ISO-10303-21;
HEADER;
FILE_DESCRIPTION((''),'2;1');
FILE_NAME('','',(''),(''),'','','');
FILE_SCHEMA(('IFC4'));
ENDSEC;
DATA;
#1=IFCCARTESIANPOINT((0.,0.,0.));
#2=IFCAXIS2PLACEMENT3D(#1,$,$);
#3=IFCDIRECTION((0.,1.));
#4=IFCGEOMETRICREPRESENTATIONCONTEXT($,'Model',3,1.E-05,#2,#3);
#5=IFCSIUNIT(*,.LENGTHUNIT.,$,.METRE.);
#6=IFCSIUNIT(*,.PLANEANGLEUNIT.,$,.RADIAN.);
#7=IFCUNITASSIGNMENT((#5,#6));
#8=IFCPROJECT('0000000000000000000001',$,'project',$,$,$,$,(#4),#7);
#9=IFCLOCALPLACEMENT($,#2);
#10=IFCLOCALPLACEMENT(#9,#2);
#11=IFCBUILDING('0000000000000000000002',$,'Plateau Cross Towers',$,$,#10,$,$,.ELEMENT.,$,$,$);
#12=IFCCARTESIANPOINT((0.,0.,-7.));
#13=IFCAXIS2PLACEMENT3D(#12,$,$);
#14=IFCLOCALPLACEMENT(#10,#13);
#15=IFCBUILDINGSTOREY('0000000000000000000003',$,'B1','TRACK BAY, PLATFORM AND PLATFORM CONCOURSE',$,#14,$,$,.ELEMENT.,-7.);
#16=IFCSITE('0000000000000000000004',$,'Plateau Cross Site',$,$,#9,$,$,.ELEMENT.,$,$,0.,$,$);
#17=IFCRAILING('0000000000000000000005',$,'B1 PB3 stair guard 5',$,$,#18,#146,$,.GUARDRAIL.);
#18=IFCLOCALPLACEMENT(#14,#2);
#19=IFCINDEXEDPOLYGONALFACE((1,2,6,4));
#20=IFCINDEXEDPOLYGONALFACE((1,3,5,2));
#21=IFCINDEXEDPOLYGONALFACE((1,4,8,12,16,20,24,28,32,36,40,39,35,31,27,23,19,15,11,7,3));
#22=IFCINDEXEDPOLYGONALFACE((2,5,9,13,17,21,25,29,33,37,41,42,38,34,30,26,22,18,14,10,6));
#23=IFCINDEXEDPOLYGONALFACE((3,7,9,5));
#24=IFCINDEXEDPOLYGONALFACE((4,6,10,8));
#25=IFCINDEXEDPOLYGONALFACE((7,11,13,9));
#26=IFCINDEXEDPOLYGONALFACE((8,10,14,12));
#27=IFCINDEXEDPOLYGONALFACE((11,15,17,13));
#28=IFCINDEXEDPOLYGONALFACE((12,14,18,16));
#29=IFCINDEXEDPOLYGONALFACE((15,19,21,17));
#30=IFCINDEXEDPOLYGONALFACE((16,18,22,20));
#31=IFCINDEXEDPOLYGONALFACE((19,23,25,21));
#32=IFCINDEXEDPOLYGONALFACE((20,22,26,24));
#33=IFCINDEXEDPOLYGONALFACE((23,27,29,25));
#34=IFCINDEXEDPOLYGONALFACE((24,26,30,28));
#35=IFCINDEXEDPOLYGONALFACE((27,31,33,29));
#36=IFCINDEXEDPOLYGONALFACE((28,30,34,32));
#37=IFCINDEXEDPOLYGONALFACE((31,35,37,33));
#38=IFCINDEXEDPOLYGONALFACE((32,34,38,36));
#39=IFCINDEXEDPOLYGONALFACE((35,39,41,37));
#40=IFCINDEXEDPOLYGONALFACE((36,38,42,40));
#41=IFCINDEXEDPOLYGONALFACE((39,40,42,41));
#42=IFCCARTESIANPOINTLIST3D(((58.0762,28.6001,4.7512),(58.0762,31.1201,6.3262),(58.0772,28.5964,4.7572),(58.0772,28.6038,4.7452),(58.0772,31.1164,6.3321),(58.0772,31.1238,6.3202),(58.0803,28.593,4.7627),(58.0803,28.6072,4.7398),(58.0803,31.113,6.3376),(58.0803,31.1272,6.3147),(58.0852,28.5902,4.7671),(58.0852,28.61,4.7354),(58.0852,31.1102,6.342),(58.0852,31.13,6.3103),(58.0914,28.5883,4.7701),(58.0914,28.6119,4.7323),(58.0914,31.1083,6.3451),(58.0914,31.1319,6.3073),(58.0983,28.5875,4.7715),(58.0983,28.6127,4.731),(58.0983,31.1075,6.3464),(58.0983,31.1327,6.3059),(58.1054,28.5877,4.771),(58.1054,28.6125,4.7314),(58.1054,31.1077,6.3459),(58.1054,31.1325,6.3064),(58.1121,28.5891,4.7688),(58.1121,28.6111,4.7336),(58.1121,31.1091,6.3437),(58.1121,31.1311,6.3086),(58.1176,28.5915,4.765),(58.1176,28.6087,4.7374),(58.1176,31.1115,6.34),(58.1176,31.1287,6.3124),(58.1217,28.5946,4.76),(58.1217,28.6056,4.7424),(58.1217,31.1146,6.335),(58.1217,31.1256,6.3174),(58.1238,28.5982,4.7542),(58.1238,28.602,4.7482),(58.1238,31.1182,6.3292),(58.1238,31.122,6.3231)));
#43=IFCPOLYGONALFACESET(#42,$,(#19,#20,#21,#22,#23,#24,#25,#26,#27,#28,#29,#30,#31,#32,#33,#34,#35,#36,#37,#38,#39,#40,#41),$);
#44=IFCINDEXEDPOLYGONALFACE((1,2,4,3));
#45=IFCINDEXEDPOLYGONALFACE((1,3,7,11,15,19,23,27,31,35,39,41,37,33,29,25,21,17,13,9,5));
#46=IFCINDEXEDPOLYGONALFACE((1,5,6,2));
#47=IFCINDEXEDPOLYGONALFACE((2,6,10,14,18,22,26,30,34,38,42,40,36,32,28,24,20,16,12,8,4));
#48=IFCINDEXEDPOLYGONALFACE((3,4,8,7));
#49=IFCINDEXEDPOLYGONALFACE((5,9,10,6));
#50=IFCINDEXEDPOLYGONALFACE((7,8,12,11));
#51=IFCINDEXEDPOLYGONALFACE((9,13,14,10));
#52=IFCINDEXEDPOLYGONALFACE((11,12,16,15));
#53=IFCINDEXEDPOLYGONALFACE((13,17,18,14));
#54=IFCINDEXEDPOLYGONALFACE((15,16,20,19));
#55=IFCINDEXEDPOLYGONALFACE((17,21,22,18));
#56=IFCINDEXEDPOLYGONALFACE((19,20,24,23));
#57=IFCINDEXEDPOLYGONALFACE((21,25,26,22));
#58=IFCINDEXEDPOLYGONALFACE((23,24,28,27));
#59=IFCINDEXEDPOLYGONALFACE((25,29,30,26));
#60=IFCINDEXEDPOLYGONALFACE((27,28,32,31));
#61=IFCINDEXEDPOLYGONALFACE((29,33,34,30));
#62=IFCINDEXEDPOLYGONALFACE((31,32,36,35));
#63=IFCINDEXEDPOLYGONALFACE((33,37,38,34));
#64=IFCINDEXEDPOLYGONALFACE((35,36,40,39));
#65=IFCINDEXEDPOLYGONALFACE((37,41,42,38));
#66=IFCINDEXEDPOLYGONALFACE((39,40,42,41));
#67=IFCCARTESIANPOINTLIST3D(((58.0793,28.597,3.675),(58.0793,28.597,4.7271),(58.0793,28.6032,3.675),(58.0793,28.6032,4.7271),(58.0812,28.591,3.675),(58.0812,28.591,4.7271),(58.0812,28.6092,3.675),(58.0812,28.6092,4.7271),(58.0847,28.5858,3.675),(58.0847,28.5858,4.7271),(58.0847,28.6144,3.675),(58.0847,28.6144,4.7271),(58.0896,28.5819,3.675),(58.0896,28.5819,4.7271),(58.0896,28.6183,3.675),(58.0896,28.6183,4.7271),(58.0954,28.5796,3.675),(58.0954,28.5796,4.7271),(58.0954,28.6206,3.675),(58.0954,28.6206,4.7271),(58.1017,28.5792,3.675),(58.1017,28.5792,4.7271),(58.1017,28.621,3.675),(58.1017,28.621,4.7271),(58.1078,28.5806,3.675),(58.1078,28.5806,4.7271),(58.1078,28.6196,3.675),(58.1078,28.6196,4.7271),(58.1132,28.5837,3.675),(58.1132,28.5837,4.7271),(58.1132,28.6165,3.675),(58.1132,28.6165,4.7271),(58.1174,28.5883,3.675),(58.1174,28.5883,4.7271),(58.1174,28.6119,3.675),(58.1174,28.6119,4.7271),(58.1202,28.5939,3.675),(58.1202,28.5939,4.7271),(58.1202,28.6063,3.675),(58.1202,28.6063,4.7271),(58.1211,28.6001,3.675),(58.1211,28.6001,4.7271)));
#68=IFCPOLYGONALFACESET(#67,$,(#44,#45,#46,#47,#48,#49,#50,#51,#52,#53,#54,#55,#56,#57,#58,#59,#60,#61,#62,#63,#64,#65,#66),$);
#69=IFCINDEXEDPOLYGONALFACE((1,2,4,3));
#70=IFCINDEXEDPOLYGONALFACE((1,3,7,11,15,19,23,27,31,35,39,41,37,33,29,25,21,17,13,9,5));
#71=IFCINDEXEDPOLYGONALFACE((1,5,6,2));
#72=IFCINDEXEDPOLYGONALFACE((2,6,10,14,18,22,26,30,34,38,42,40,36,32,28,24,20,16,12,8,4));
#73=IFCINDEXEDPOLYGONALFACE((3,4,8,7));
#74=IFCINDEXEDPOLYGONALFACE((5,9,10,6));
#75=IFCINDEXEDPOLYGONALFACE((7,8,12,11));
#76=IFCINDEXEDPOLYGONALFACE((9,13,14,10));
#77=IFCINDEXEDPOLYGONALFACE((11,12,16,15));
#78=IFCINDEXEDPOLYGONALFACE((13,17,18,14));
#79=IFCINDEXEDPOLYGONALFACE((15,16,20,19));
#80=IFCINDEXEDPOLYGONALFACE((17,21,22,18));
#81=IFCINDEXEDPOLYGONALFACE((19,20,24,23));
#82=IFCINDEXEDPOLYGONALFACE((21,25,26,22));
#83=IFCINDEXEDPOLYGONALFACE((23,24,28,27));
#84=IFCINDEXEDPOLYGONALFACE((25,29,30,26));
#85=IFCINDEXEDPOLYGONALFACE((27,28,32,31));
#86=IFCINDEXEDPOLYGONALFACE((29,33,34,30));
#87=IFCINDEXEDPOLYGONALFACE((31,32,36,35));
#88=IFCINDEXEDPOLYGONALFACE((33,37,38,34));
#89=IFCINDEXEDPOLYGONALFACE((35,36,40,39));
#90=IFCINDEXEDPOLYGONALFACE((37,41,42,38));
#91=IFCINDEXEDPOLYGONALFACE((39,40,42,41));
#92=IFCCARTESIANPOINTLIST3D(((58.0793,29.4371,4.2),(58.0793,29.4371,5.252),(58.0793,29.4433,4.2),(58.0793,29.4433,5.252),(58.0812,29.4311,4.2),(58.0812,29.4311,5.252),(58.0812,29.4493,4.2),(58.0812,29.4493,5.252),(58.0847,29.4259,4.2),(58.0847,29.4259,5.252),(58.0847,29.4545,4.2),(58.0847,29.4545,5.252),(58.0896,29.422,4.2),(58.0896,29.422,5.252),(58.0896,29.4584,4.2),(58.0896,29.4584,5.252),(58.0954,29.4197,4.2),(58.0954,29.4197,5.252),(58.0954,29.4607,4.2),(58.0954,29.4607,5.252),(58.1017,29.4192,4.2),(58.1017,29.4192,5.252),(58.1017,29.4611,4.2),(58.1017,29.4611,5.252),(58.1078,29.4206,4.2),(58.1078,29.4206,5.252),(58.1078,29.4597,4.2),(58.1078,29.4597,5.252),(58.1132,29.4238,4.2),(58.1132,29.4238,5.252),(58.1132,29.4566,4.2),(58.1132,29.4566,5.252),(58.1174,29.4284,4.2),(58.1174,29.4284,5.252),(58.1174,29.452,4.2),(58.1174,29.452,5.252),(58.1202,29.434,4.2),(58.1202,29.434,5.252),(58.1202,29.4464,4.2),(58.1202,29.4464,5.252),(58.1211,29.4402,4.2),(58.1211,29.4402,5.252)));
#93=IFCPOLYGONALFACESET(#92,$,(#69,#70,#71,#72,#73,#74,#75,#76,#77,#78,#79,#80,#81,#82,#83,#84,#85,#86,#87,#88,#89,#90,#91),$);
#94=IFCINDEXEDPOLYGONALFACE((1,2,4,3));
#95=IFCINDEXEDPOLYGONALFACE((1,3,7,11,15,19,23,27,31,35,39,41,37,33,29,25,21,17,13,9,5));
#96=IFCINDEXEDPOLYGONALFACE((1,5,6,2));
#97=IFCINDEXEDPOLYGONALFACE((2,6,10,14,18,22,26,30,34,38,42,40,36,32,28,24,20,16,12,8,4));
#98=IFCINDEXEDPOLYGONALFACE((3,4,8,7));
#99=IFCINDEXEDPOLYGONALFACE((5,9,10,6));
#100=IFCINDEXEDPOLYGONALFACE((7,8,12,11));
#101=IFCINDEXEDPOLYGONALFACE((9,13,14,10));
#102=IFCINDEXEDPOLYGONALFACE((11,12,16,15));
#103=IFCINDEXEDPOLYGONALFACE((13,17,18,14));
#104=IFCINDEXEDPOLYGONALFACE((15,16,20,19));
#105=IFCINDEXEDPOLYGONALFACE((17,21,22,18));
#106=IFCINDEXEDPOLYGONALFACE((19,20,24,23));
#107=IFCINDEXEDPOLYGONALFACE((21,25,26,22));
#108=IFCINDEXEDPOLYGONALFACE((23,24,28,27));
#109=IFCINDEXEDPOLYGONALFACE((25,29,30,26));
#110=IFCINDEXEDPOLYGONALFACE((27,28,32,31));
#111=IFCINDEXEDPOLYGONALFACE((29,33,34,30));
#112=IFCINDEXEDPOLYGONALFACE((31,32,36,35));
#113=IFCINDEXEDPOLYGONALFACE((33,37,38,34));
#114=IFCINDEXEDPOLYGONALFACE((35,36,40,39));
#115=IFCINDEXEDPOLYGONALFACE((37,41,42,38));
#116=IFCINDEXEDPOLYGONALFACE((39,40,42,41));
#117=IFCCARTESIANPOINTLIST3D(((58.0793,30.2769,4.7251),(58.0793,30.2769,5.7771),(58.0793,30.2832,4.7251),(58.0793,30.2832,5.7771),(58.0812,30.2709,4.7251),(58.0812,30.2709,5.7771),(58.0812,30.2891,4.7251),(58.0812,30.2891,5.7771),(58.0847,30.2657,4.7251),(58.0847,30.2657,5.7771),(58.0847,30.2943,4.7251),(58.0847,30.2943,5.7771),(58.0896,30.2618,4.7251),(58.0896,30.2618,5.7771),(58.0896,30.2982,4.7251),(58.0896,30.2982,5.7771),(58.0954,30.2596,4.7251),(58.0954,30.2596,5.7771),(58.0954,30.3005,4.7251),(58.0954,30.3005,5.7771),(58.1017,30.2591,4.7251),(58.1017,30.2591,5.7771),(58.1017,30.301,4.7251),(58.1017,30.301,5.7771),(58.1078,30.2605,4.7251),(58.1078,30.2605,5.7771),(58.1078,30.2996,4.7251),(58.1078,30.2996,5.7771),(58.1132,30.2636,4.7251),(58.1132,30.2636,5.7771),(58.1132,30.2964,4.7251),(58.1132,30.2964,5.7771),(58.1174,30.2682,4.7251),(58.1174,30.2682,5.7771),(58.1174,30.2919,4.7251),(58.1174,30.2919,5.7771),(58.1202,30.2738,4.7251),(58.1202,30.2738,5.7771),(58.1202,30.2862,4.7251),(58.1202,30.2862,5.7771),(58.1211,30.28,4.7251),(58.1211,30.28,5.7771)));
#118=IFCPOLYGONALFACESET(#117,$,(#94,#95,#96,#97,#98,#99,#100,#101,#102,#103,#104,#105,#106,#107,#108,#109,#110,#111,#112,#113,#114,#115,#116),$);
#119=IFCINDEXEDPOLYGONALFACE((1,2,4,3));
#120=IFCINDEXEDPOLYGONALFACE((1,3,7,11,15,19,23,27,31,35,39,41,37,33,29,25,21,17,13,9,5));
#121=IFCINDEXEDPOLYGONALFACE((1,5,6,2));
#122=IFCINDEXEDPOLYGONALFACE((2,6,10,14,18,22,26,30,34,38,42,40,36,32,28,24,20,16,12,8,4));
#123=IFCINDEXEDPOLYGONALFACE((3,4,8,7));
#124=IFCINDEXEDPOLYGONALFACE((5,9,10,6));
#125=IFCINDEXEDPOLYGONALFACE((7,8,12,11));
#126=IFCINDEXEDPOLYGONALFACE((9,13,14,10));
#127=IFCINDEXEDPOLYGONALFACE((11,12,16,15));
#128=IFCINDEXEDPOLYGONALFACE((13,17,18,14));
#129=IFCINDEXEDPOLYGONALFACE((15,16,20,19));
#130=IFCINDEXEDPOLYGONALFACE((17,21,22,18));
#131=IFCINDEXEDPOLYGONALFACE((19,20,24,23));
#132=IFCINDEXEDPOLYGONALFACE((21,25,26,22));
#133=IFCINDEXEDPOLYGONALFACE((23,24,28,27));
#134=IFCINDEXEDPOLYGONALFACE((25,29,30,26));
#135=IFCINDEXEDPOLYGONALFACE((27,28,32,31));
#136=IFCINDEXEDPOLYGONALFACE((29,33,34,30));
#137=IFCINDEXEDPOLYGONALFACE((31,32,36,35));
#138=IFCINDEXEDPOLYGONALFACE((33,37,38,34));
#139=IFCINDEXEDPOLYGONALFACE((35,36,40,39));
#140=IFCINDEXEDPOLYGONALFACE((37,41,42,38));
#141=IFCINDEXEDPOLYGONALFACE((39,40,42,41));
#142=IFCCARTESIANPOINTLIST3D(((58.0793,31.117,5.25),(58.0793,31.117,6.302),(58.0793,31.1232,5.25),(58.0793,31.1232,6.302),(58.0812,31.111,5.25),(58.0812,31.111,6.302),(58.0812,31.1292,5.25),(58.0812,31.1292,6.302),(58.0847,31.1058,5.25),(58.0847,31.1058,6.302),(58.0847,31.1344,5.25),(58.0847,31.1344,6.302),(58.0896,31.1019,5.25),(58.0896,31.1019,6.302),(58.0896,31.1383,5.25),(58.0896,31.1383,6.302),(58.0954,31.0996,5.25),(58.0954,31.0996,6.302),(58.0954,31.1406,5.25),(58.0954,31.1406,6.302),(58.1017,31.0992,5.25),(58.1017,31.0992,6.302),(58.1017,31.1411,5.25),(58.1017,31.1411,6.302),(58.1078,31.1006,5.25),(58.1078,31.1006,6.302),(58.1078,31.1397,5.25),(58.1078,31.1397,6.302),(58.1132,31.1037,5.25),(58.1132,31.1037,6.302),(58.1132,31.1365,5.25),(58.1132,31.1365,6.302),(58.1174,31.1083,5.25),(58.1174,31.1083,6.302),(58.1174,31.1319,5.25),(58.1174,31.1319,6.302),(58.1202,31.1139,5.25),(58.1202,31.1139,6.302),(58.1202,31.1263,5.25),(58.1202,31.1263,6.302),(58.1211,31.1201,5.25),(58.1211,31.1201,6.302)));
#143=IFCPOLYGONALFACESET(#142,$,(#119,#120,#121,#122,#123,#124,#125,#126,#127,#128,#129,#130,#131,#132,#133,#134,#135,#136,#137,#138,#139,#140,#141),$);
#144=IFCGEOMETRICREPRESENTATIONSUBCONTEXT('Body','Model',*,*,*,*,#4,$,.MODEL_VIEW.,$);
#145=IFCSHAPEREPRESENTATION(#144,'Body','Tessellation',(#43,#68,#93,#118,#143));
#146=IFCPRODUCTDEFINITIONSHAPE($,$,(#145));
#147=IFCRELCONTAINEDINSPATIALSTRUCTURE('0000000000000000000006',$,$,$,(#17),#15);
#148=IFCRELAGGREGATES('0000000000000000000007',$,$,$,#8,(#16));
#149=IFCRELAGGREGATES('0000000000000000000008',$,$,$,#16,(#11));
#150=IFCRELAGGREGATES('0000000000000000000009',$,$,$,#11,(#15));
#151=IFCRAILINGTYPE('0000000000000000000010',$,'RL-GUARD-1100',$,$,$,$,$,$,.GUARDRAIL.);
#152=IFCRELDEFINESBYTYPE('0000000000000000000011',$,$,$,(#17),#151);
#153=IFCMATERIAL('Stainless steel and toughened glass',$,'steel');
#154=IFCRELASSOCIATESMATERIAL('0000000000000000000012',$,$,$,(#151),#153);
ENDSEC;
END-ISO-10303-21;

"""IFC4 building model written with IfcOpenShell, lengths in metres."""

from ifc_helpers import new_model, si_unit, direction, frame, origin, origin_2d, place, context, subcontext, project, spatial, circle, extrude, material, type_object, element, save


model = new_model("IFC4")

# Units and contexts
model_context = context("Model", 3, precision=1e-05, world=origin(), true_north=direction((0.0, 1.0)))
body_context = subcontext(model_context, "Body", "Model", "MODEL_VIEW")
ifc_project = project(units=[si_unit("LENGTHUNIT", "METRE"), si_unit("PLANEANGLEUNIT", "RADIAN")], contexts=[model_context])

# Site, building, storey
site_placement = place(None, origin())
site = spatial("IfcSite", under=ifc_project, at=site_placement, Name="Plateau Cross Site", CompositionType="ELEMENT", RefElevation=0.0)
building_placement = place(site_placement, origin())
building = spatial("IfcBuilding", under=site, at=building_placement, Name="Plateau Cross Towers", CompositionType="ELEMENT")
storey_placement = place(building_placement, frame((0.0, 0.0, -7.0)))
storey = spatial("IfcBuildingStorey", under=building, at=storey_placement, Name="B1", Description="TRACK BAY, PLATFORM AND PLATFORM CONCOURSE", CompositionType="ELEMENT", Elevation=-7.0)

# Railing
ifc_material_1 = material(Name="Stainless steel and toughened glass", Category="steel")
railing_type_1 = type_object("IfcRailingType", Name="RL-GUARD-1100", PredefinedType="GUARDRAIL", material=ifc_material_1)
railing_1_placement = place(storey_placement, frame((58.1001, 28.6001, 3.675)))
element("IfcRailing", 1, at=railing_1_placement, inside=storey, type_object=railing_type_1, Name="B1 PB3 stair guard 5", PredefinedType="GUARDRAIL", context=body_context, shape_type="SweptSolid", body=[
    extrude(circle(Radius=0.0239, at=origin_2d()), frame((0.0, 0.0, 1.0762), z_axis=(0.0, 0.848008, 0.529984), x_axis=(-1.0, 0.0, 0.0)), (0.0, 0.0, 1.0), 2.9717),
    extrude(circle(Radius=0.021, at=origin_2d()), origin(), (0.0, 0.0, 1.0), 1.052),
    extrude(circle(Radius=0.021, at=origin_2d()), frame((0.0, 0.8401, 0.5249)), (0.0, 0.0, 1.0), 1.052),
    extrude(circle(Radius=0.021, at=origin_2d()), frame((0.0, 1.6799, 1.05)), (0.0, 0.0, 1.0), 1.052),
    extrude(circle(Radius=0.021, at=origin_2d()), frame((0.0, 2.52, 1.575)), (0.0, 0.0, 1.0), 1.052),
])

save(model, "model.ifc")
